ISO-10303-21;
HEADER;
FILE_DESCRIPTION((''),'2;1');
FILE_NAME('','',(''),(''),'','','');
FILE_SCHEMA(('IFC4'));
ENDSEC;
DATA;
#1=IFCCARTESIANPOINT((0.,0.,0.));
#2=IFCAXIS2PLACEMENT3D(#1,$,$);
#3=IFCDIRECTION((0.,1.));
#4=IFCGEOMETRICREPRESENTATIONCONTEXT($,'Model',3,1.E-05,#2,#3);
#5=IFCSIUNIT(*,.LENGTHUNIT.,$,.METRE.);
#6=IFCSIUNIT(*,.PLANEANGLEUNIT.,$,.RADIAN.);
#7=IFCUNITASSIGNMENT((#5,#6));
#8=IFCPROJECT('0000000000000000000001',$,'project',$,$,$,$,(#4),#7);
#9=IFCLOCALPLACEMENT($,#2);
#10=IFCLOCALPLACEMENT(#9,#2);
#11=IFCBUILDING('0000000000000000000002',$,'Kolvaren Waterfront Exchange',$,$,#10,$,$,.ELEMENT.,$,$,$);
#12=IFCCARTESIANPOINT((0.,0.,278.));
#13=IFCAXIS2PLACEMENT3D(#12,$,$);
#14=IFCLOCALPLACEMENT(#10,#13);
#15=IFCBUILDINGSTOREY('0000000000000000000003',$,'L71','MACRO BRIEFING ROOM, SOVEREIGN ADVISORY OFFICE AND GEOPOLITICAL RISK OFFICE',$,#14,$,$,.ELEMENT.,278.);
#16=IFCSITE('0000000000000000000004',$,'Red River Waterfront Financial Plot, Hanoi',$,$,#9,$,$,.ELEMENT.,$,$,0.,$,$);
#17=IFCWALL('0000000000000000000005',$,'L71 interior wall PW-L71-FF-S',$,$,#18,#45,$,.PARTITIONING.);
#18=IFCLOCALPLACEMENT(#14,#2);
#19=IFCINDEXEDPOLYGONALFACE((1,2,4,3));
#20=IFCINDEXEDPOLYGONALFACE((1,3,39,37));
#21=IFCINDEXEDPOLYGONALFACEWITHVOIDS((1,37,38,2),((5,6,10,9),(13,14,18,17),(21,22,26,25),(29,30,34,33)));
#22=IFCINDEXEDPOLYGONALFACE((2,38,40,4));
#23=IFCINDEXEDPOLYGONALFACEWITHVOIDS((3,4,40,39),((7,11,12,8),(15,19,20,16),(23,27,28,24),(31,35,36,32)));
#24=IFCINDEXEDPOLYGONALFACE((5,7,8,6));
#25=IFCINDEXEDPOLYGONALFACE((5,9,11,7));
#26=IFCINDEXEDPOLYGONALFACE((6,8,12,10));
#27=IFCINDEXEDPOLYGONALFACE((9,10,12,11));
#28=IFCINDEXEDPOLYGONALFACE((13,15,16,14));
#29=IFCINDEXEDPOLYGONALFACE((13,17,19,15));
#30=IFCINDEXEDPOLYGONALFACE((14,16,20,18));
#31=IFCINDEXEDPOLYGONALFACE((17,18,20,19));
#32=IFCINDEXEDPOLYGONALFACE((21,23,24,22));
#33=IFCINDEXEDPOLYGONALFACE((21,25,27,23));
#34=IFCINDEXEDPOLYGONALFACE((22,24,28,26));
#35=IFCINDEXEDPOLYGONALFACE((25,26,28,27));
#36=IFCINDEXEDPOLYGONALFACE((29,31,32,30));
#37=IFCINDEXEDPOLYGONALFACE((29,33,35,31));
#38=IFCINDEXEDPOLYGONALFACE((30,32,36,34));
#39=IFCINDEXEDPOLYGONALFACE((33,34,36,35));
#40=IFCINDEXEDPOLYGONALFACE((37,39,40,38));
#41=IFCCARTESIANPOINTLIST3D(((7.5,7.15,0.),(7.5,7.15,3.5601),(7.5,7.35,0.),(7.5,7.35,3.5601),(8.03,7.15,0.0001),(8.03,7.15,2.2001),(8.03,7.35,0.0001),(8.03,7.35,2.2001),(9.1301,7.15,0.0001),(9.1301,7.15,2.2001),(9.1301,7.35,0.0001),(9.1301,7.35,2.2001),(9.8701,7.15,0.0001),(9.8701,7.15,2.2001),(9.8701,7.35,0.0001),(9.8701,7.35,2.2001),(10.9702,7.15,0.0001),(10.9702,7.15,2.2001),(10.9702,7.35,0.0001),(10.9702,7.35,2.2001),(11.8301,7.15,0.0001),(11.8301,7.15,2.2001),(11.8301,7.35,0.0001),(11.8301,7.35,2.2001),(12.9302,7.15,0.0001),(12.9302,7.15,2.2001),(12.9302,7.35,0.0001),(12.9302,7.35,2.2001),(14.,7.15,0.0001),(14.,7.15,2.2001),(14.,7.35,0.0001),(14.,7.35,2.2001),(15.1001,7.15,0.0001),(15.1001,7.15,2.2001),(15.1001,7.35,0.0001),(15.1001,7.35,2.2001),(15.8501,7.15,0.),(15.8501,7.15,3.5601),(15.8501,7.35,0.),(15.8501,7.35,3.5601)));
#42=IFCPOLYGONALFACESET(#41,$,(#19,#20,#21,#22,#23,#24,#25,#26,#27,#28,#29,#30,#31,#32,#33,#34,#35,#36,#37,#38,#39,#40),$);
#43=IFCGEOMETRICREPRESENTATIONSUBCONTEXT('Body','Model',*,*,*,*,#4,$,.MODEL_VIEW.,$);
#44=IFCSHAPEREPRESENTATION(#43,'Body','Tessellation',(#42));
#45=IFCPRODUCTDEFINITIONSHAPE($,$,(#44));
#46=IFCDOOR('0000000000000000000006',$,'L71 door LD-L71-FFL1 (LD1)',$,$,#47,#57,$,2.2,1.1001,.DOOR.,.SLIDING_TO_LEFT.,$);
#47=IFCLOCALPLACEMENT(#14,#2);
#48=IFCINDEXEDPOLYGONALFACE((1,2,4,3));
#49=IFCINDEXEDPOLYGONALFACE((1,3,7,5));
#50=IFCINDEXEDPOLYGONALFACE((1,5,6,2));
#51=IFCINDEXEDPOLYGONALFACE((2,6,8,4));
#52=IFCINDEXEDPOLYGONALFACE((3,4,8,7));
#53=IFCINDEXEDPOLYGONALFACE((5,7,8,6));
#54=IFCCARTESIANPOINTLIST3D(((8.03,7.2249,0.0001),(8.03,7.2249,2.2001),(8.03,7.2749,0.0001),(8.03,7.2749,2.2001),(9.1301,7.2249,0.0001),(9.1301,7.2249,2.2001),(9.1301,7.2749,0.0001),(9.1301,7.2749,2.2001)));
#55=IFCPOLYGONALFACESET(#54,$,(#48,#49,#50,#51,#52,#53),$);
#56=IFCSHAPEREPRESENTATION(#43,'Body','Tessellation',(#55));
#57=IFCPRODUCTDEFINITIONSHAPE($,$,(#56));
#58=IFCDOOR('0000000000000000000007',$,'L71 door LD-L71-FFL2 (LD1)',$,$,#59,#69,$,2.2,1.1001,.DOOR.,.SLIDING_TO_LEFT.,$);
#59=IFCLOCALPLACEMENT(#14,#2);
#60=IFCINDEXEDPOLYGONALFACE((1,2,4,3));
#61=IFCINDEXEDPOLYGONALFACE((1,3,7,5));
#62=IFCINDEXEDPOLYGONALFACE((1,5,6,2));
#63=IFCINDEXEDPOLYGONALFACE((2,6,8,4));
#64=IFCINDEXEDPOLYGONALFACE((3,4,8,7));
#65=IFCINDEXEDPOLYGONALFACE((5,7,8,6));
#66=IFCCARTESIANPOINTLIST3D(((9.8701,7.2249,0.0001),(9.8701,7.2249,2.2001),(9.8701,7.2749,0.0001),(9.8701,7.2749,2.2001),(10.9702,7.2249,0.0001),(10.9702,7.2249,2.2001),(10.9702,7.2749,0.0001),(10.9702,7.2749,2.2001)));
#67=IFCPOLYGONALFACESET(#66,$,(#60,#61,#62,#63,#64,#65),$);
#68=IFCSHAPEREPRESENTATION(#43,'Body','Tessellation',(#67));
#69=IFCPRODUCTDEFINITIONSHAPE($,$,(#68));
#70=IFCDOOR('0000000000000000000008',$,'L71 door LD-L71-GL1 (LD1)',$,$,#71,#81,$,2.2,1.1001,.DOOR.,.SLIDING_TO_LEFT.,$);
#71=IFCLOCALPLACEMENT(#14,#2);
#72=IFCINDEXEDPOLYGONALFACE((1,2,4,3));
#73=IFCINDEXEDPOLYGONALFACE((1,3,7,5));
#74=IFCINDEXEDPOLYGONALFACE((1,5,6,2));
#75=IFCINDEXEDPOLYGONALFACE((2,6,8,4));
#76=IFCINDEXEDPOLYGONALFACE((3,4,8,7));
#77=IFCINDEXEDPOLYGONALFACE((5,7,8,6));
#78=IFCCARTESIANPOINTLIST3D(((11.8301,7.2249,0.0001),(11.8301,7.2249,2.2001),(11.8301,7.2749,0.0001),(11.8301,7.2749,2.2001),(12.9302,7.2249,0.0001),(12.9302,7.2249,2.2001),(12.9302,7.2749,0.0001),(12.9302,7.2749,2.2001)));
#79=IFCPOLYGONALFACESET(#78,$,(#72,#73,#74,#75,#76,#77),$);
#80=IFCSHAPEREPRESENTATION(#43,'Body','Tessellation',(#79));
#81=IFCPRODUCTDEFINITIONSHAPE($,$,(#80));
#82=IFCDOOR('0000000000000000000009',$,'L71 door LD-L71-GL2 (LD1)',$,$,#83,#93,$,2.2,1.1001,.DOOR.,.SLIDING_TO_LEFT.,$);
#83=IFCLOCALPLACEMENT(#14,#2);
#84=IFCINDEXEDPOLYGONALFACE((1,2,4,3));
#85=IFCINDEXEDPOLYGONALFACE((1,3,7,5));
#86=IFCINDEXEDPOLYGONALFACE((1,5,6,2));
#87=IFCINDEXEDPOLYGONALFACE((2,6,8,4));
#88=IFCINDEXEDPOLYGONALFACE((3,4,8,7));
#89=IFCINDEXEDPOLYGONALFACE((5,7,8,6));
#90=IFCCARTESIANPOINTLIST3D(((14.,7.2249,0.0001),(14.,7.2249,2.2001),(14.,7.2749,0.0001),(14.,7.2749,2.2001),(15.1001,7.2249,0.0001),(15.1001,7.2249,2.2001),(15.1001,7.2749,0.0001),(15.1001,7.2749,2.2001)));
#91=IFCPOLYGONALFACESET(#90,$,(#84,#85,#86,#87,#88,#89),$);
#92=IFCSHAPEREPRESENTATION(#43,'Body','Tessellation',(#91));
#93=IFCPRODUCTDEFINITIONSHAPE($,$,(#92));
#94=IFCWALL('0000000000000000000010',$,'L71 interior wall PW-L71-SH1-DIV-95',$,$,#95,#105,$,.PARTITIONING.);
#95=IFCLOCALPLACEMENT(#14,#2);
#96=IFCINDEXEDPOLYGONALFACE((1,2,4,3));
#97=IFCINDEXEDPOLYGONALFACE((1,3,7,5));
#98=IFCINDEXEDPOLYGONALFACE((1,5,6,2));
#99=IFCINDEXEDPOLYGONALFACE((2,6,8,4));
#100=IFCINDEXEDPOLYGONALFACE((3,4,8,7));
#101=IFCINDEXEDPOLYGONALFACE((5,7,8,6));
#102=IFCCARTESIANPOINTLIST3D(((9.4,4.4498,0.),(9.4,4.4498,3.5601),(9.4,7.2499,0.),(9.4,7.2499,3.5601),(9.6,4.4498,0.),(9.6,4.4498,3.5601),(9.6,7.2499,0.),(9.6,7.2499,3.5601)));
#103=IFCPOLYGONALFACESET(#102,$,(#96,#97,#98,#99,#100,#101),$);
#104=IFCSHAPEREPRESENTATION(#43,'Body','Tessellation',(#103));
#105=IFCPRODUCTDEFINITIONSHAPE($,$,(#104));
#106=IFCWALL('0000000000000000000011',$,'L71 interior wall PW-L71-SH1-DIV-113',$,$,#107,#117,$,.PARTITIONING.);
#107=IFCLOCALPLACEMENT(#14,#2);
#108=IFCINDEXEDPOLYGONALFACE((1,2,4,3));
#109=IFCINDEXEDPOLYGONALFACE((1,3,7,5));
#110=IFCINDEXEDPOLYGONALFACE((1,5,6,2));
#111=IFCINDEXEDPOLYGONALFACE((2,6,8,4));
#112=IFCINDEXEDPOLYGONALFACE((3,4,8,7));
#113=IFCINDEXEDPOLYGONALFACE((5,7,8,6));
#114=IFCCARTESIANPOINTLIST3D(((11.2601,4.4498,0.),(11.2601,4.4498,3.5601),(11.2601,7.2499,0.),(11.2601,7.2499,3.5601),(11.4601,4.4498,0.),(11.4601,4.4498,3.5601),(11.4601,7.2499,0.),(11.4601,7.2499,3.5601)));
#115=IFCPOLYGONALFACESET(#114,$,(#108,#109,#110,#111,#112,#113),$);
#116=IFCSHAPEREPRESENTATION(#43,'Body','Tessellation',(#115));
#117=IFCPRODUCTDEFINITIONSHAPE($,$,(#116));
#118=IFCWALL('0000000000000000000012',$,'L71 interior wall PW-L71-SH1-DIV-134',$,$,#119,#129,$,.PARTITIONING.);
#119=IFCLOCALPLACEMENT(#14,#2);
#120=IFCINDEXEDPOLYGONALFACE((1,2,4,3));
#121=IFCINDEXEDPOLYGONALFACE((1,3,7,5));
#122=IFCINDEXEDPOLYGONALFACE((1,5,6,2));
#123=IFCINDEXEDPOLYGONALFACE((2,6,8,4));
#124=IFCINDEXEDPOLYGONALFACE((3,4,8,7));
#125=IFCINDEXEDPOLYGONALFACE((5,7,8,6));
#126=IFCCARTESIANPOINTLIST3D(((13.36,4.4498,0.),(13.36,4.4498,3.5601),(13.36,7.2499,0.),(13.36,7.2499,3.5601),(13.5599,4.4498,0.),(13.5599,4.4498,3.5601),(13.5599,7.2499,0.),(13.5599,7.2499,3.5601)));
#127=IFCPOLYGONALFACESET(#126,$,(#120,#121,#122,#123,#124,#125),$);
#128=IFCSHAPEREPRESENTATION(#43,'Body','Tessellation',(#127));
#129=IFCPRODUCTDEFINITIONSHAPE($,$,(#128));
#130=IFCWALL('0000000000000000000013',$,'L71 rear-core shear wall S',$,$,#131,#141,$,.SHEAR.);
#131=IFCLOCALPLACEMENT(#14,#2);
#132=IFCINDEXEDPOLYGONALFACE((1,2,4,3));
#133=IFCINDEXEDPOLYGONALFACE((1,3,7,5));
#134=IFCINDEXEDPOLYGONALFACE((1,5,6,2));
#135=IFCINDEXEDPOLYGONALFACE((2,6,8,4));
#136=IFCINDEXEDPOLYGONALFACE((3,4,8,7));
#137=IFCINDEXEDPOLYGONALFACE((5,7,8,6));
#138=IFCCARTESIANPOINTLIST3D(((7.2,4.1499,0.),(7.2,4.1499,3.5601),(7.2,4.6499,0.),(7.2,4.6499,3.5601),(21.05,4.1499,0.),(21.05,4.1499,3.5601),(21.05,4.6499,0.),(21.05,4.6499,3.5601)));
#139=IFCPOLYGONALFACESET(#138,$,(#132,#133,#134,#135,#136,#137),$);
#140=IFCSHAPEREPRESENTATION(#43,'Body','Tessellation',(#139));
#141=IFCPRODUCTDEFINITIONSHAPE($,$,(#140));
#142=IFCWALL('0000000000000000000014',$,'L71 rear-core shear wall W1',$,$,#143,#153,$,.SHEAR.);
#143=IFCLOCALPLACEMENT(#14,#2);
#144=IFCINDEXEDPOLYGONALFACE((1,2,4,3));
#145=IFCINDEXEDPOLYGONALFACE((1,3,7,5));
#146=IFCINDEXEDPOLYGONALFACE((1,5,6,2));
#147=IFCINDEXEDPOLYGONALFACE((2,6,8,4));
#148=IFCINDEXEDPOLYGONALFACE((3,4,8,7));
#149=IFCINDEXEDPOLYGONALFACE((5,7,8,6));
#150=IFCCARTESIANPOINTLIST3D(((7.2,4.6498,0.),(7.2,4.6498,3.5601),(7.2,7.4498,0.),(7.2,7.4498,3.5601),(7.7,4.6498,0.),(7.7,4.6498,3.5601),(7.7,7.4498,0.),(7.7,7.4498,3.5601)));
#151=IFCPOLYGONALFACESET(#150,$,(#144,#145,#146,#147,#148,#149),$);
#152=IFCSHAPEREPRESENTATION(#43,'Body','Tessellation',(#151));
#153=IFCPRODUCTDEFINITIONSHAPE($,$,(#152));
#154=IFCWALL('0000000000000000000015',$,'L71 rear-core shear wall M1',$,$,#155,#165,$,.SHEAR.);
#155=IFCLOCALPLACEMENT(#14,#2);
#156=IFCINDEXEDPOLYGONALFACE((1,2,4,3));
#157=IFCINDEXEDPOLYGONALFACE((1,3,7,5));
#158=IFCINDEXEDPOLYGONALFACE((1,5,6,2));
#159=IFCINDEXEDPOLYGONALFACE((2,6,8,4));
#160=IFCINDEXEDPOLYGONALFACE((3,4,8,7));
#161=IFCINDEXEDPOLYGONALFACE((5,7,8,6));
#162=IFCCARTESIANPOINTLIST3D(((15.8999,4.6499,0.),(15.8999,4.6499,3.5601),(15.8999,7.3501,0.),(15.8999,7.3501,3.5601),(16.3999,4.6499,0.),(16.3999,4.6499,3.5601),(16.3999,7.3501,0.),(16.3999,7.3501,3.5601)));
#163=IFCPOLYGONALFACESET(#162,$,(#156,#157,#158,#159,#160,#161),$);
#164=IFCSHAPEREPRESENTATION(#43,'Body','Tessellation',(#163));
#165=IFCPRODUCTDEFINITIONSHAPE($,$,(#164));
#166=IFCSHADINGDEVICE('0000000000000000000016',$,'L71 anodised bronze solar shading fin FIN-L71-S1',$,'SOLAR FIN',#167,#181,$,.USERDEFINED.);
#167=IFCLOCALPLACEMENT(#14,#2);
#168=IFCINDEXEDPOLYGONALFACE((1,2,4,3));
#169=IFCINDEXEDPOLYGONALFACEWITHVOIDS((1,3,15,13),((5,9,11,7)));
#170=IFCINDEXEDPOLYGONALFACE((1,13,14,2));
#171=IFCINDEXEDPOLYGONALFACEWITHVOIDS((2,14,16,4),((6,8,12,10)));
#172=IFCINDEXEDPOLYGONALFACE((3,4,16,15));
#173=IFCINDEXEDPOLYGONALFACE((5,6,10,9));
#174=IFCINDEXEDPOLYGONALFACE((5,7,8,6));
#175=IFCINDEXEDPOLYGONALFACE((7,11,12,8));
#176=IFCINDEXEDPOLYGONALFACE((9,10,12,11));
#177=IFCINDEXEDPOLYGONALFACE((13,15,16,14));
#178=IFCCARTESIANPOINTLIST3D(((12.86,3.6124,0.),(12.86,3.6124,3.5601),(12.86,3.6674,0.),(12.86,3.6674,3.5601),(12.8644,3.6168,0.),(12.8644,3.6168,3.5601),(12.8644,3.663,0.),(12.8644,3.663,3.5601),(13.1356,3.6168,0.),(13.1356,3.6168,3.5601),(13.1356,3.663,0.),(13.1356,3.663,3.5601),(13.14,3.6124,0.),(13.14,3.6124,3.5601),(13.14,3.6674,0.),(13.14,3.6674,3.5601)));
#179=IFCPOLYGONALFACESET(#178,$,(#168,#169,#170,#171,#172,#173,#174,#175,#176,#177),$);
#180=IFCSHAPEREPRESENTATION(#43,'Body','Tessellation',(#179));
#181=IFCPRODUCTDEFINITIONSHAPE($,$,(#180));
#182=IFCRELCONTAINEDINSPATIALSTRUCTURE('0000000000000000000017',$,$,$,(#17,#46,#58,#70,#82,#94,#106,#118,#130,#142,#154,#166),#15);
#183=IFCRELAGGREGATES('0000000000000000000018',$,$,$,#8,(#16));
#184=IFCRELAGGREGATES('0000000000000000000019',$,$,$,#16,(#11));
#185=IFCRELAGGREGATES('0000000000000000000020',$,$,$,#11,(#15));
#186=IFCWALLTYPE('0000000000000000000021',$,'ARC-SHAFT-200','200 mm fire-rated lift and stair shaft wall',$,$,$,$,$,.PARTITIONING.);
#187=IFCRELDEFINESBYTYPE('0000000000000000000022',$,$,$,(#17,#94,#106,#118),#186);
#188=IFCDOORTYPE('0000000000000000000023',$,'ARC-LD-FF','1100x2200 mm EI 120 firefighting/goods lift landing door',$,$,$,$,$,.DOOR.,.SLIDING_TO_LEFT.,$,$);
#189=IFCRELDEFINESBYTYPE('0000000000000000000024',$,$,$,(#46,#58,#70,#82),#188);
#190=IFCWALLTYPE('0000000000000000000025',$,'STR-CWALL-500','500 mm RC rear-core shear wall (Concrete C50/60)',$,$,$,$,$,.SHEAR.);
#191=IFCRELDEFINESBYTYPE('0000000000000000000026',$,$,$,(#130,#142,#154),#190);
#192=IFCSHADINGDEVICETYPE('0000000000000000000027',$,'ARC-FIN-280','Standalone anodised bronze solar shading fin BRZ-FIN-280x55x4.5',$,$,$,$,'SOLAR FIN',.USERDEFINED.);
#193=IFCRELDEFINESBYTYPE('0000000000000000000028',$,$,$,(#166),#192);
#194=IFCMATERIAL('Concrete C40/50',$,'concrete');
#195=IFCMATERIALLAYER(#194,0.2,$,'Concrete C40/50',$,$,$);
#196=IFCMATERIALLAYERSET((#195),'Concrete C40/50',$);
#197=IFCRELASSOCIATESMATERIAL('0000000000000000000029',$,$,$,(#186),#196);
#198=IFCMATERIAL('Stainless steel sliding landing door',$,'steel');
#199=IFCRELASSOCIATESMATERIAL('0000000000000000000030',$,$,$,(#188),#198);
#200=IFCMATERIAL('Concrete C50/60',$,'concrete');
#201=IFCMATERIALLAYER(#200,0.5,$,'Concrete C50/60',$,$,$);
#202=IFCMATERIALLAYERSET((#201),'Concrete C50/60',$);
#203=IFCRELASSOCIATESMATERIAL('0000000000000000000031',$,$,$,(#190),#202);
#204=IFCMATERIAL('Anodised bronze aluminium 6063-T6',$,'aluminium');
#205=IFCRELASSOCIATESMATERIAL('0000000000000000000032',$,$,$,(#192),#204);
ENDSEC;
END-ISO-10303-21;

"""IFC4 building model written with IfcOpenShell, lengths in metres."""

from ifc_helpers import new_model, si_unit, direction, frame, frame_2d, origin, origin_2d, place, context, subcontext, project, spatial, rectangle, hollow_rectangle, extrude, material, layer, layer_set, material_profile, profile_set, type_object, element, fill, save


model = new_model("IFC4")

# Units and contexts
model_context = context("Model", 3, precision=1e-05, world=origin(), true_north=direction((0.0, 1.0)))
body_context = subcontext(model_context, "Body", "Model", "MODEL_VIEW")
ifc_project = project(units=[si_unit("LENGTHUNIT", "METRE"), si_unit("PLANEANGLEUNIT", "RADIAN")], contexts=[model_context])

# Site, building, storey
site_placement = place(None, origin())
site = spatial("IfcSite", under=ifc_project, at=site_placement, Name="Red River Waterfront Financial Plot, Hanoi", CompositionType="ELEMENT", RefElevation=0.0)
building_placement = place(site_placement, origin())
building = spatial("IfcBuilding", under=site, at=building_placement, Name="Kolvaren Waterfront Exchange", CompositionType="ELEMENT")
storey_placement = place(building_placement, frame((0.0, 0.0, 278.0)))
storey = spatial("IfcBuildingStorey", under=building, at=storey_placement, Name="L71", Description="MACRO BRIEFING ROOM, SOVEREIGN ADVISORY OFFICE AND GEOPOLITICAL RISK OFFICE", CompositionType="ELEMENT", Elevation=278.0)

# Shared definitions
ifc_material_1 = material(Name="Concrete C50/60", Category="concrete")

# Shared definitions
ifc_material_2 = material(Name="Anodised bronze aluminium 6063-T6", Category="aluminium")

# Wall, openings, doors
ifc_material_3 = material(Name="Concrete C40/50", Category="concrete")
ifc_layer_1 = layer(ifc_material_3, 0.2, Name="Concrete C40/50")
ifc_layer_set_1 = layer_set([ifc_layer_1], Name="Concrete C40/50")
wall_type_1 = type_object("IfcWallType", Name="ARC-SHAFT-200", Description="200 mm fire-rated lift and stair shaft wall", PredefinedType="PARTITIONING", material=ifc_layer_set_1)
wall_1_placement = place(storey_placement, frame((7.5, 7.25, 0.0), z_axis=(0.0, 0.0, 1.0), x_axis=(1.0, 0.0, 0.0)))
wall_1 = element("IfcWall", 1, at=wall_1_placement, inside=storey, type_object=wall_type_1, Name="L71 interior wall PW-L71-FF-S", PredefinedType="PARTITIONING", context=body_context, shape_type="SweptSolid", body=[
    extrude(rectangle(XDim=8.3501, YDim=0.2, at=frame_2d((4.175, 0.0))), origin(), (0.0, 0.0, 1.0), 3.5601),
])
opening_1_placement = place(wall_1_placement, frame((0.53, 0.0, 0.0)))
opening_1 = element("IfcOpeningElement", 2, at=opening_1_placement, cuts=wall_1, PredefinedType="OPENING", context=body_context, shape_type="SweptSolid", body=[
    extrude(rectangle(XDim=1.1001, YDim=2.2, at=frame_2d((0.55, 1.1001))), frame((0.0, 0.1099, 0.0), z_axis=(0.0, -1.0, 0.0), x_axis=(1.0, 0.0, 0.0)), (0.0, 0.0, 1.0), 0.22),
])
opening_2_placement = place(wall_1_placement, frame((2.3701, 0.0, 0.0)))
opening_2 = element("IfcOpeningElement", 3, at=opening_2_placement, cuts=wall_1, PredefinedType="OPENING", context=body_context, shape_type="SweptSolid", body=[
    extrude(rectangle(XDim=1.1001, YDim=2.2, at=frame_2d((0.55, 1.1001))), frame((0.0, 0.1099, 0.0), z_axis=(0.0, -1.0, 0.0), x_axis=(1.0, 0.0, 0.0)), (0.0, 0.0, 1.0), 0.22),
])
opening_3_placement = place(wall_1_placement, frame((4.3301, 0.0, 0.0)))
opening_3 = element("IfcOpeningElement", 4, at=opening_3_placement, cuts=wall_1, PredefinedType="OPENING", context=body_context, shape_type="SweptSolid", body=[
    extrude(rectangle(XDim=1.1001, YDim=2.2, at=frame_2d((0.55, 1.1001))), frame((0.0, 0.1099, 0.0), z_axis=(0.0, -1.0, 0.0), x_axis=(1.0, 0.0, 0.0)), (0.0, 0.0, 1.0), 0.22),
])
opening_4_placement = place(wall_1_placement, frame((6.5, 0.0, 0.0)))
opening_4 = element("IfcOpeningElement", 5, at=opening_4_placement, cuts=wall_1, PredefinedType="OPENING", context=body_context, shape_type="SweptSolid", body=[
    extrude(rectangle(XDim=1.1001, YDim=2.2, at=frame_2d((0.55, 1.1001))), frame((0.0, 0.1099, 0.0), z_axis=(0.0, -1.0, 0.0), x_axis=(1.0, 0.0, 0.0)), (0.0, 0.0, 1.0), 0.22),
])
ifc_material_4 = material(Name="Stainless steel sliding landing door", Category="steel")
door_type = type_object("IfcDoorType", Name="ARC-LD-FF", Description="1100x2200 mm EI 120 firefighting/goods lift landing door", OperationType="SLIDING_TO_LEFT", PredefinedType="DOOR", material=ifc_material_4)
door_1_placement = place(opening_1_placement, origin())
door_1 = element("IfcDoor", 6, at=door_1_placement, inside=storey, type_object=door_type, Name="L71 door LD-L71-FFL1 (LD1)", OperationType="SLIDING_TO_LEFT", OverallHeight=2.2, OverallWidth=1.1001, PredefinedType="DOOR", context=body_context, shape_type="SweptSolid", body=[
    extrude(rectangle(XDim=1.1001, YDim=2.2, at=frame_2d((0.55, 1.1001))), frame((0.0, 0.0249, 0.0), z_axis=(0.0, -1.0, 0.0), x_axis=(1.0, 0.0, 0.0)), (0.0, 0.0, 1.0), 0.05),
])
fill(opening_1, door_1)
door_2_placement = place(opening_2_placement, origin())
door_2 = element("IfcDoor", 7, at=door_2_placement, inside=storey, type_object=door_type, Name="L71 door LD-L71-FFL2 (LD1)", OperationType="SLIDING_TO_LEFT", OverallHeight=2.2, OverallWidth=1.1001, PredefinedType="DOOR", context=body_context, shape_type="SweptSolid", body=[
    extrude(rectangle(XDim=1.1001, YDim=2.2, at=frame_2d((0.55, 1.1001))), frame((0.0, 0.0249, 0.0), z_axis=(0.0, -1.0, 0.0), x_axis=(1.0, 0.0, 0.0)), (0.0, 0.0, 1.0), 0.05),
])
fill(opening_2, door_2)
door_3_placement = place(opening_3_placement, origin())
door_3 = element("IfcDoor", 8, at=door_3_placement, inside=storey, type_object=door_type, Name="L71 door LD-L71-GL1 (LD1)", OperationType="SLIDING_TO_LEFT", OverallHeight=2.2, OverallWidth=1.1001, PredefinedType="DOOR", context=body_context, shape_type="SweptSolid", body=[
    extrude(rectangle(XDim=1.1001, YDim=2.2, at=frame_2d((0.55, 1.1001))), frame((0.0, 0.0249, 0.0), z_axis=(0.0, -1.0, 0.0), x_axis=(1.0, 0.0, 0.0)), (0.0, 0.0, 1.0), 0.05),
])
fill(opening_3, door_3)
door_4_placement = place(opening_4_placement, origin())
door_4 = element("IfcDoor", 9, at=door_4_placement, inside=storey, type_object=door_type, Name="L71 door LD-L71-GL2 (LD1)", OperationType="SLIDING_TO_LEFT", OverallHeight=2.2, OverallWidth=1.1001, PredefinedType="DOOR", context=body_context, shape_type="SweptSolid", body=[
    extrude(rectangle(XDim=1.1001, YDim=2.2, at=frame_2d((0.55, 1.1001))), frame((0.0, 0.0249, 0.0), z_axis=(0.0, -1.0, 0.0), x_axis=(1.0, 0.0, 0.0)), (0.0, 0.0, 1.0), 0.05),
])
fill(opening_4, door_4)

# Walls
for number, where, z_axis, x_axis, name in (
    (10, (9.5, 4.45, 0.0), (0.0, 0.0, 1.0), (0.0, 1.0, 0.0), "L71 interior wall PW-L71-SH1-DIV-95"),
    (11, (11.3601, 4.45, 0.0), (0.0, 0.0, 1.0), (0.0, 1.0, 0.0), "L71 interior wall PW-L71-SH1-DIV-113"),
    (12, (13.46, 4.45, 0.0), (0.0, 0.0, 1.0), (0.0, 1.0, 0.0), "L71 interior wall PW-L71-SH1-DIV-134"),
):
    element("IfcWall", number, at=place(storey_placement, frame(where, z_axis=z_axis, x_axis=x_axis)), inside=storey, type_object=wall_type_1, Name=name, PredefinedType="PARTITIONING", context=body_context, shape_type="SweptSolid", body=[
        extrude(rectangle(XDim=2.8, YDim=0.2, at=frame_2d((1.3999, 0.0))), origin(), (0.0, 0.0, 1.0), 3.5601),
    ])
ifc_layer_2 = layer(ifc_material_1, 0.5, Name="Concrete C50/60")
ifc_layer_set_2 = layer_set([ifc_layer_2], Name="Concrete C50/60")
wall_type_2 = type_object("IfcWallType", Name="STR-CWALL-500", Description="500 mm RC rear-core shear wall (Concrete C50/60)", PredefinedType="SHEAR", material=ifc_layer_set_2)
wall_2_placement = place(storey_placement, frame((7.2, 4.3999, 0.0), z_axis=(0.0, 0.0, 1.0), x_axis=(1.0, 0.0, 0.0)))
element("IfcWall", 13, at=wall_2_placement, inside=storey, type_object=wall_type_2, Name="L71 rear-core shear wall S", PredefinedType="SHEAR", context=body_context, shape_type="SweptSolid", body=[
    extrude(rectangle(XDim=13.8501, YDim=0.5, at=frame_2d((6.925, 0.0))), origin(), (0.0, 0.0, 1.0), 3.5601),
])
wall_3_placement = place(storey_placement, frame((7.45, 4.6499, 0.0), z_axis=(0.0, 0.0, 1.0), x_axis=(0.0, 1.0, 0.0)))
element("IfcWall", 14, at=wall_3_placement, inside=storey, type_object=wall_type_2, Name="L71 rear-core shear wall W1", PredefinedType="SHEAR", context=body_context, shape_type="SweptSolid", body=[
    extrude(rectangle(XDim=2.8, YDim=0.5, at=frame_2d((1.3999, 0.0))), origin(), (0.0, 0.0, 1.0), 3.5601),
])
wall_4_placement = place(storey_placement, frame((16.1499, 4.6499, 0.0), z_axis=(0.0, 0.0, 1.0), x_axis=(0.0, 1.0, 0.0)))
element("IfcWall", 15, at=wall_4_placement, inside=storey, type_object=wall_type_2, Name="L71 rear-core shear wall M1", PredefinedType="SHEAR", context=body_context, shape_type="SweptSolid", body=[
    extrude(rectangle(XDim=2.7002, YDim=0.5, at=frame_2d((1.3501, 0.0))), origin(), (0.0, 0.0, 1.0), 3.5601),
])

# Shading device
ifc_material_profile_1 = material_profile(ifc_material_2, hollow_rectangle(XDim=0.0549, YDim=0.28, WallThickness=0.0044, at=origin_2d()), Name="BRZ-FIN-280x55x4.5")
ifc_profile_set_1 = profile_set([ifc_material_profile_1], Name="Anodised bronze aluminium 6063-T6")
shading_device_type = type_object("IfcShadingDeviceType", Name="ARC-FIN-280", Description="Standalone anodised bronze solar shading fin BRZ-FIN-280x55x4.5", ElementType="SOLAR FIN", PredefinedType="USERDEFINED", material=ifc_profile_set_1)
shading_device_placement = place(storey_placement, frame((13.0, 3.6399, 0.0), z_axis=(0.0, 0.0, 1.0), x_axis=(0.0, -1.0, 0.0)))
element("IfcShadingDevice", 16, at=shading_device_placement, inside=storey, type_object=shading_device_type, Name="L71 anodised bronze solar shading fin FIN-L71-S1", ObjectType="SOLAR FIN", PredefinedType="USERDEFINED", context=body_context, shape_type="SweptSolid", body=[
    extrude(hollow_rectangle(XDim=0.0549, YDim=0.28, WallThickness=0.0044, at=origin_2d()), origin(), (0.0, 0.0, 1.0), 3.5601),
])

save(model, "model.ifc")
